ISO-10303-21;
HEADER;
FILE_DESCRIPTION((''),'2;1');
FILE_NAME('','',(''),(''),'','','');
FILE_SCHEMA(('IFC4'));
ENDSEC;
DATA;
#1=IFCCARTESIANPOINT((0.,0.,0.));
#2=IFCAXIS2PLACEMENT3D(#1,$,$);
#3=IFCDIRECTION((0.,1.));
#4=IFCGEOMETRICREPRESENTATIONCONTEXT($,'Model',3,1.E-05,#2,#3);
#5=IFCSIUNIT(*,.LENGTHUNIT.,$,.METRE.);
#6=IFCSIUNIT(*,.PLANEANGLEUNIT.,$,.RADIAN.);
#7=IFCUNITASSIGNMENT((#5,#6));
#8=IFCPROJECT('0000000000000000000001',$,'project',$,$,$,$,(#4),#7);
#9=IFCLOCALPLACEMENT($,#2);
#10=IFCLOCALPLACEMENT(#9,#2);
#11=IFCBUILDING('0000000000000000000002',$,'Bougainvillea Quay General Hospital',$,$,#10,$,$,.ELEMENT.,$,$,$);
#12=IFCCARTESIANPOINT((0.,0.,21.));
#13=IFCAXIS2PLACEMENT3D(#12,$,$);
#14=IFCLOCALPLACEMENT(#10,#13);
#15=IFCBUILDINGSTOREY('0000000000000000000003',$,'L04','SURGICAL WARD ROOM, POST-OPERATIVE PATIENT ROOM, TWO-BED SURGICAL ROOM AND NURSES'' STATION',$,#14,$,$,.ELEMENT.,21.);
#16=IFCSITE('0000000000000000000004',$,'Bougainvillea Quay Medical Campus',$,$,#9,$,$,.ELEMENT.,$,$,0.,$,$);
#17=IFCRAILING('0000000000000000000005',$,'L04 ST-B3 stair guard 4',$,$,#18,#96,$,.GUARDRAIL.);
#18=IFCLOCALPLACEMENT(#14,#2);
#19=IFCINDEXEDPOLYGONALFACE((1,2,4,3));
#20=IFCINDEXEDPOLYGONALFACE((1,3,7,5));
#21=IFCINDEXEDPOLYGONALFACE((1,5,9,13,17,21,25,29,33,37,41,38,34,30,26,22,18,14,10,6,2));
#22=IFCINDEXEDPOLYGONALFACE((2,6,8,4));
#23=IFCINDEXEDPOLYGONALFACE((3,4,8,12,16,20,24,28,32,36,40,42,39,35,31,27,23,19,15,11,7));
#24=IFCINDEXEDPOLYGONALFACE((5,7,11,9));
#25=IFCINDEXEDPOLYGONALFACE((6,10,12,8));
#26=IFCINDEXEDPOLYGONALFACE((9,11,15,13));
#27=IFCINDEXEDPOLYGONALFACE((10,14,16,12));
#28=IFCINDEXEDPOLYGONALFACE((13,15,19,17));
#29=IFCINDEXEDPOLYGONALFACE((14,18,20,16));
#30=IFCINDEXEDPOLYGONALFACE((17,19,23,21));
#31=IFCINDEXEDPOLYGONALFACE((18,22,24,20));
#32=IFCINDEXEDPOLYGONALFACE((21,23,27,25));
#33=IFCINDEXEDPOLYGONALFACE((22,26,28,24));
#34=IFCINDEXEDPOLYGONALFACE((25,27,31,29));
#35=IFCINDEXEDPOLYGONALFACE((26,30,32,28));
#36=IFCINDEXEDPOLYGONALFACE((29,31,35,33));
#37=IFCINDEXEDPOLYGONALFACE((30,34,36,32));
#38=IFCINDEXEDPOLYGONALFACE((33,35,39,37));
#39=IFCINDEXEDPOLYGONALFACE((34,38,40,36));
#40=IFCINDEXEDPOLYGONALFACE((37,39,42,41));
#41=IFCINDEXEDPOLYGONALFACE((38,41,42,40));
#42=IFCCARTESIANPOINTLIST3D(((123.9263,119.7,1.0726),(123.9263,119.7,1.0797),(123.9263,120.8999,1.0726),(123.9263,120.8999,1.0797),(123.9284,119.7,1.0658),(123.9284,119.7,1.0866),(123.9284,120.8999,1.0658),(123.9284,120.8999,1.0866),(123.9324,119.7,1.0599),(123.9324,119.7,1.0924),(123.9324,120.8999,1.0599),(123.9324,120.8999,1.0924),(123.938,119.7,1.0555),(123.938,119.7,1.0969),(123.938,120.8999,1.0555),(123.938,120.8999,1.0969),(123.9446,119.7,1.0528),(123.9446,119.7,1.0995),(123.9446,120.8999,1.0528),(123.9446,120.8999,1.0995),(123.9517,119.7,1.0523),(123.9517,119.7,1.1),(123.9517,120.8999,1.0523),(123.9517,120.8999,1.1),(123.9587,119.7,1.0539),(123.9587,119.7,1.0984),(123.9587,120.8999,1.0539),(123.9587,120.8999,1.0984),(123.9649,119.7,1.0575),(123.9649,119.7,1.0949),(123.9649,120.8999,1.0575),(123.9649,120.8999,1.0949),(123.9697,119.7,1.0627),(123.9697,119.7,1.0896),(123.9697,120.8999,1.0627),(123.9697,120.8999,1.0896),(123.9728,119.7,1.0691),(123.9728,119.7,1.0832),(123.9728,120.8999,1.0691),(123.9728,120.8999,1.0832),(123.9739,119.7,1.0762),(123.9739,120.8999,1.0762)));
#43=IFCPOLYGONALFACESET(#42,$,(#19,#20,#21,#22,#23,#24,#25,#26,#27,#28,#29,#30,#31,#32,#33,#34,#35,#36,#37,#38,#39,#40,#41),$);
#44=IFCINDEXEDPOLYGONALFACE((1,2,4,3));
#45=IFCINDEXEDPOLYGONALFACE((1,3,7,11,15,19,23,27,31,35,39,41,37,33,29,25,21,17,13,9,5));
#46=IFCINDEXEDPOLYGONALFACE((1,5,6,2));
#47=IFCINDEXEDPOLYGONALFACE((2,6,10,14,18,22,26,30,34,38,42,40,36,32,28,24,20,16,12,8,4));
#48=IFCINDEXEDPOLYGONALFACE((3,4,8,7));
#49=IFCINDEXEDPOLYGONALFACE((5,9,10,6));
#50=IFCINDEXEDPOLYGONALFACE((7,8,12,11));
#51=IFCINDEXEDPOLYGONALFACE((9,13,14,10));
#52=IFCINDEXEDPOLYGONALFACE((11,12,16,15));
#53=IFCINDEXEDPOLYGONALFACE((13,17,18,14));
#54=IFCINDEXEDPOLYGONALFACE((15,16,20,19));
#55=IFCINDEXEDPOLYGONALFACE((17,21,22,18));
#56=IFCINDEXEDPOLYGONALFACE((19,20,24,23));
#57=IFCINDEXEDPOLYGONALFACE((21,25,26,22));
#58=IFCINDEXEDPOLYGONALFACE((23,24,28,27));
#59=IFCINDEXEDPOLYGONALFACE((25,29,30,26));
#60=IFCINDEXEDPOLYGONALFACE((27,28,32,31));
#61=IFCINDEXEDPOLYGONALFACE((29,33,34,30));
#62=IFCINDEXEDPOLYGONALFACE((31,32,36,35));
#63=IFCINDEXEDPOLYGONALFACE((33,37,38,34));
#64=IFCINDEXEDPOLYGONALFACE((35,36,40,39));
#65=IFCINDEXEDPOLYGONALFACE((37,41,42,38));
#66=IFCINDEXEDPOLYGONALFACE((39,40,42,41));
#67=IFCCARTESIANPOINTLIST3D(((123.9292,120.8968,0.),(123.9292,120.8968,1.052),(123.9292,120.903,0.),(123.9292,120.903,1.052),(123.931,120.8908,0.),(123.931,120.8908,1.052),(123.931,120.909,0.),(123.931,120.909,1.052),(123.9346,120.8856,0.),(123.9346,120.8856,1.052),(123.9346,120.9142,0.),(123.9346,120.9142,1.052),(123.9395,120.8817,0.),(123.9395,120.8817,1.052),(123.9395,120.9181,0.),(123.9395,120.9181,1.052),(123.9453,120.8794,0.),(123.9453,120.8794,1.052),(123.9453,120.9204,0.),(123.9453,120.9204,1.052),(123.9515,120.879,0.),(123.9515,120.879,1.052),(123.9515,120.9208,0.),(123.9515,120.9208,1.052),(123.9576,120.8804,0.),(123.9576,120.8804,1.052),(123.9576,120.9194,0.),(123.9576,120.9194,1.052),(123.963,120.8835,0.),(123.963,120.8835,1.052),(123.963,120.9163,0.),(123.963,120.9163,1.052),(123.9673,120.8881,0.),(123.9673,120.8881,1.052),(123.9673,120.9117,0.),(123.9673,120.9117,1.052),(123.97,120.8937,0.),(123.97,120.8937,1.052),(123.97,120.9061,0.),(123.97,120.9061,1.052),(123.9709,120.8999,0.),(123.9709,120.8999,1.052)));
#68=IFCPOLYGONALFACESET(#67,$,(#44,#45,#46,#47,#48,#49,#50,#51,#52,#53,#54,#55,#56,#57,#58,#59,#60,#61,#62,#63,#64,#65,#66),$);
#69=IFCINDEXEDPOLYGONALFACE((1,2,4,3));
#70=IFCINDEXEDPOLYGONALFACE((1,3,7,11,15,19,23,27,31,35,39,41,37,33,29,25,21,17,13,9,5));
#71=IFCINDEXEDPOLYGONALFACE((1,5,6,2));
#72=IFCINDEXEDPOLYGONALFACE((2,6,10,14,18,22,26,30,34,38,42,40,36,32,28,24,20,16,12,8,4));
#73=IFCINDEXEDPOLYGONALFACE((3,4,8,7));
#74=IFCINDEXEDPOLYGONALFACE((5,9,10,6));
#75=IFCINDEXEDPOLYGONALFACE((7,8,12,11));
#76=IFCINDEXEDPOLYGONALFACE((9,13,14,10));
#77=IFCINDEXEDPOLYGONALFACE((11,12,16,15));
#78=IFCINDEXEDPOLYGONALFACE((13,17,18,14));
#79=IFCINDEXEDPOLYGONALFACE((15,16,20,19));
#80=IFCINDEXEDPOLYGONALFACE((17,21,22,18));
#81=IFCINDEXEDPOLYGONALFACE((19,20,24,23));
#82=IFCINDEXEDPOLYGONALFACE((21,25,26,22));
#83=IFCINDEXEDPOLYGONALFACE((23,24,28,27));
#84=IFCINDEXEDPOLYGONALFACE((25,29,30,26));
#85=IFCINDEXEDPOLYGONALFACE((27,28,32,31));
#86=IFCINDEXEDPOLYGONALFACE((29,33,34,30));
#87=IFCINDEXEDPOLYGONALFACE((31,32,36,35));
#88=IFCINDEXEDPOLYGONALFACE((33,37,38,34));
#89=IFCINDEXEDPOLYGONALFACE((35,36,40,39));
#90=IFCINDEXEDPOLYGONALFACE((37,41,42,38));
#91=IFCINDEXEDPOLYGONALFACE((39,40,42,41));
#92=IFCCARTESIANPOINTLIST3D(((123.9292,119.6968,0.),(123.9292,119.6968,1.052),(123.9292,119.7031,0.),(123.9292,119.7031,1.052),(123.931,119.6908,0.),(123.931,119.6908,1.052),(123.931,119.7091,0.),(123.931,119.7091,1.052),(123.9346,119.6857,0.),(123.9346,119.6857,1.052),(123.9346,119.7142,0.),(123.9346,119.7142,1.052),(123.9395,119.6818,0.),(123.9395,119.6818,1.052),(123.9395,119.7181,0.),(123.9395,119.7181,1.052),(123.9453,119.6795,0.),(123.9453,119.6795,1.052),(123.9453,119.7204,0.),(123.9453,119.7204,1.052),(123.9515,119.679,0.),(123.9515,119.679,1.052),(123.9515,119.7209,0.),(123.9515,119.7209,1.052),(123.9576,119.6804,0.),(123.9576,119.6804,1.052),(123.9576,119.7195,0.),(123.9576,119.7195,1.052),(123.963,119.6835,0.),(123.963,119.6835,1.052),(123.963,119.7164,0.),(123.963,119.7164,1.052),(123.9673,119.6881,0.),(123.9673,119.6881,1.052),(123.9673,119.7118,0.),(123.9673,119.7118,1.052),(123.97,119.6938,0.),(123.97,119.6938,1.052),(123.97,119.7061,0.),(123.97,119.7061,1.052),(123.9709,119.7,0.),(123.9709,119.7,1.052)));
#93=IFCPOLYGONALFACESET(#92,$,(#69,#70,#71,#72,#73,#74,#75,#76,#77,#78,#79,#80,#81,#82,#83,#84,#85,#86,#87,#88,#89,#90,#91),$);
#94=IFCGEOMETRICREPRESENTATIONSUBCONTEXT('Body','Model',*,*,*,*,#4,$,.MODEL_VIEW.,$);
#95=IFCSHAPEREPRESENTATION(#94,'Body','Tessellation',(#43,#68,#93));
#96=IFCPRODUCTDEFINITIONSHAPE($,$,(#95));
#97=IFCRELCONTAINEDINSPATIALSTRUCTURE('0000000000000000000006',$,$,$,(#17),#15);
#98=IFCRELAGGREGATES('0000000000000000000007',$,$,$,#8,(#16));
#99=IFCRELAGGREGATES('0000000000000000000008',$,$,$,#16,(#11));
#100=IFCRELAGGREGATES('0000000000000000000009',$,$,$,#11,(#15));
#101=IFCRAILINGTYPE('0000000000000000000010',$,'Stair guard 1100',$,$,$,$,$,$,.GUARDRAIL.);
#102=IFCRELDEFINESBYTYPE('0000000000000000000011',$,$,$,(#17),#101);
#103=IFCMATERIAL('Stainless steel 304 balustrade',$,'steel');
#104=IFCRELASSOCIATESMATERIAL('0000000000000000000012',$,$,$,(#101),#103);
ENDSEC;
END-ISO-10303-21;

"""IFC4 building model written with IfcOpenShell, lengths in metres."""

from ifc_helpers import new_model, si_unit, direction, frame, origin, origin_2d, place, context, subcontext, project, spatial, circle, extrude, material, type_object, element, save


model = new_model("IFC4")

# Units and contexts
model_context = context("Model", 3, precision=1e-05, world=origin(), true_north=direction((0.0, 1.0)))
body_context = subcontext(model_context, "Body", "Model", "MODEL_VIEW")
ifc_project = project(units=[si_unit("LENGTHUNIT", "METRE"), si_unit("PLANEANGLEUNIT", "RADIAN")], contexts=[model_context])

# Site, building, storey
site_placement = place(None, origin())
site = spatial("IfcSite", under=ifc_project, at=site_placement, Name="Bougainvillea Quay Medical Campus", CompositionType="ELEMENT", RefElevation=0.0)
building_placement = place(site_placement, origin())
building = spatial("IfcBuilding", under=site, at=building_placement, Name="Bougainvillea Quay General Hospital", CompositionType="ELEMENT")
storey_placement = place(building_placement, frame((0.0, 0.0, 21.0)))
storey = spatial("IfcBuildingStorey", under=building, at=storey_placement, Name="L04", Description="SURGICAL WARD ROOM, POST-OPERATIVE PATIENT ROOM, TWO-BED SURGICAL ROOM AND NURSES' STATION", CompositionType="ELEMENT", Elevation=21.0)

# Railing
ifc_material_1 = material(Name="Stainless steel 304 balustrade", Category="steel")
railing_type_1 = type_object("IfcRailingType", Name="Stair guard 1100", PredefinedType="GUARDRAIL", material=ifc_material_1)
railing_1_placement = place(storey_placement, frame((123.95, 120.8999, 0.0)))
element("IfcRailing", 1, at=railing_1_placement, inside=storey, type_object=railing_type_1, Name="L04 ST-B3 stair guard 4", PredefinedType="GUARDRAIL", context=body_context, shape_type="SweptSolid", body=[
    extrude(circle(Radius=0.0239, at=origin_2d()), frame((0.0, 0.0, 1.0762), z_axis=(0.0, -1.0, 0.0), x_axis=(1.0, 0.0, 0.0)), (0.0, 0.0, 1.0), 1.2),
    extrude(circle(Radius=0.021, at=origin_2d()), origin(), (0.0, 0.0, 1.0), 1.052),
    extrude(circle(Radius=0.021, at=origin_2d()), frame((0.0, -1.2, 0.0)), (0.0, 0.0, 1.0), 1.052),
])

save(model, "model.ifc")
